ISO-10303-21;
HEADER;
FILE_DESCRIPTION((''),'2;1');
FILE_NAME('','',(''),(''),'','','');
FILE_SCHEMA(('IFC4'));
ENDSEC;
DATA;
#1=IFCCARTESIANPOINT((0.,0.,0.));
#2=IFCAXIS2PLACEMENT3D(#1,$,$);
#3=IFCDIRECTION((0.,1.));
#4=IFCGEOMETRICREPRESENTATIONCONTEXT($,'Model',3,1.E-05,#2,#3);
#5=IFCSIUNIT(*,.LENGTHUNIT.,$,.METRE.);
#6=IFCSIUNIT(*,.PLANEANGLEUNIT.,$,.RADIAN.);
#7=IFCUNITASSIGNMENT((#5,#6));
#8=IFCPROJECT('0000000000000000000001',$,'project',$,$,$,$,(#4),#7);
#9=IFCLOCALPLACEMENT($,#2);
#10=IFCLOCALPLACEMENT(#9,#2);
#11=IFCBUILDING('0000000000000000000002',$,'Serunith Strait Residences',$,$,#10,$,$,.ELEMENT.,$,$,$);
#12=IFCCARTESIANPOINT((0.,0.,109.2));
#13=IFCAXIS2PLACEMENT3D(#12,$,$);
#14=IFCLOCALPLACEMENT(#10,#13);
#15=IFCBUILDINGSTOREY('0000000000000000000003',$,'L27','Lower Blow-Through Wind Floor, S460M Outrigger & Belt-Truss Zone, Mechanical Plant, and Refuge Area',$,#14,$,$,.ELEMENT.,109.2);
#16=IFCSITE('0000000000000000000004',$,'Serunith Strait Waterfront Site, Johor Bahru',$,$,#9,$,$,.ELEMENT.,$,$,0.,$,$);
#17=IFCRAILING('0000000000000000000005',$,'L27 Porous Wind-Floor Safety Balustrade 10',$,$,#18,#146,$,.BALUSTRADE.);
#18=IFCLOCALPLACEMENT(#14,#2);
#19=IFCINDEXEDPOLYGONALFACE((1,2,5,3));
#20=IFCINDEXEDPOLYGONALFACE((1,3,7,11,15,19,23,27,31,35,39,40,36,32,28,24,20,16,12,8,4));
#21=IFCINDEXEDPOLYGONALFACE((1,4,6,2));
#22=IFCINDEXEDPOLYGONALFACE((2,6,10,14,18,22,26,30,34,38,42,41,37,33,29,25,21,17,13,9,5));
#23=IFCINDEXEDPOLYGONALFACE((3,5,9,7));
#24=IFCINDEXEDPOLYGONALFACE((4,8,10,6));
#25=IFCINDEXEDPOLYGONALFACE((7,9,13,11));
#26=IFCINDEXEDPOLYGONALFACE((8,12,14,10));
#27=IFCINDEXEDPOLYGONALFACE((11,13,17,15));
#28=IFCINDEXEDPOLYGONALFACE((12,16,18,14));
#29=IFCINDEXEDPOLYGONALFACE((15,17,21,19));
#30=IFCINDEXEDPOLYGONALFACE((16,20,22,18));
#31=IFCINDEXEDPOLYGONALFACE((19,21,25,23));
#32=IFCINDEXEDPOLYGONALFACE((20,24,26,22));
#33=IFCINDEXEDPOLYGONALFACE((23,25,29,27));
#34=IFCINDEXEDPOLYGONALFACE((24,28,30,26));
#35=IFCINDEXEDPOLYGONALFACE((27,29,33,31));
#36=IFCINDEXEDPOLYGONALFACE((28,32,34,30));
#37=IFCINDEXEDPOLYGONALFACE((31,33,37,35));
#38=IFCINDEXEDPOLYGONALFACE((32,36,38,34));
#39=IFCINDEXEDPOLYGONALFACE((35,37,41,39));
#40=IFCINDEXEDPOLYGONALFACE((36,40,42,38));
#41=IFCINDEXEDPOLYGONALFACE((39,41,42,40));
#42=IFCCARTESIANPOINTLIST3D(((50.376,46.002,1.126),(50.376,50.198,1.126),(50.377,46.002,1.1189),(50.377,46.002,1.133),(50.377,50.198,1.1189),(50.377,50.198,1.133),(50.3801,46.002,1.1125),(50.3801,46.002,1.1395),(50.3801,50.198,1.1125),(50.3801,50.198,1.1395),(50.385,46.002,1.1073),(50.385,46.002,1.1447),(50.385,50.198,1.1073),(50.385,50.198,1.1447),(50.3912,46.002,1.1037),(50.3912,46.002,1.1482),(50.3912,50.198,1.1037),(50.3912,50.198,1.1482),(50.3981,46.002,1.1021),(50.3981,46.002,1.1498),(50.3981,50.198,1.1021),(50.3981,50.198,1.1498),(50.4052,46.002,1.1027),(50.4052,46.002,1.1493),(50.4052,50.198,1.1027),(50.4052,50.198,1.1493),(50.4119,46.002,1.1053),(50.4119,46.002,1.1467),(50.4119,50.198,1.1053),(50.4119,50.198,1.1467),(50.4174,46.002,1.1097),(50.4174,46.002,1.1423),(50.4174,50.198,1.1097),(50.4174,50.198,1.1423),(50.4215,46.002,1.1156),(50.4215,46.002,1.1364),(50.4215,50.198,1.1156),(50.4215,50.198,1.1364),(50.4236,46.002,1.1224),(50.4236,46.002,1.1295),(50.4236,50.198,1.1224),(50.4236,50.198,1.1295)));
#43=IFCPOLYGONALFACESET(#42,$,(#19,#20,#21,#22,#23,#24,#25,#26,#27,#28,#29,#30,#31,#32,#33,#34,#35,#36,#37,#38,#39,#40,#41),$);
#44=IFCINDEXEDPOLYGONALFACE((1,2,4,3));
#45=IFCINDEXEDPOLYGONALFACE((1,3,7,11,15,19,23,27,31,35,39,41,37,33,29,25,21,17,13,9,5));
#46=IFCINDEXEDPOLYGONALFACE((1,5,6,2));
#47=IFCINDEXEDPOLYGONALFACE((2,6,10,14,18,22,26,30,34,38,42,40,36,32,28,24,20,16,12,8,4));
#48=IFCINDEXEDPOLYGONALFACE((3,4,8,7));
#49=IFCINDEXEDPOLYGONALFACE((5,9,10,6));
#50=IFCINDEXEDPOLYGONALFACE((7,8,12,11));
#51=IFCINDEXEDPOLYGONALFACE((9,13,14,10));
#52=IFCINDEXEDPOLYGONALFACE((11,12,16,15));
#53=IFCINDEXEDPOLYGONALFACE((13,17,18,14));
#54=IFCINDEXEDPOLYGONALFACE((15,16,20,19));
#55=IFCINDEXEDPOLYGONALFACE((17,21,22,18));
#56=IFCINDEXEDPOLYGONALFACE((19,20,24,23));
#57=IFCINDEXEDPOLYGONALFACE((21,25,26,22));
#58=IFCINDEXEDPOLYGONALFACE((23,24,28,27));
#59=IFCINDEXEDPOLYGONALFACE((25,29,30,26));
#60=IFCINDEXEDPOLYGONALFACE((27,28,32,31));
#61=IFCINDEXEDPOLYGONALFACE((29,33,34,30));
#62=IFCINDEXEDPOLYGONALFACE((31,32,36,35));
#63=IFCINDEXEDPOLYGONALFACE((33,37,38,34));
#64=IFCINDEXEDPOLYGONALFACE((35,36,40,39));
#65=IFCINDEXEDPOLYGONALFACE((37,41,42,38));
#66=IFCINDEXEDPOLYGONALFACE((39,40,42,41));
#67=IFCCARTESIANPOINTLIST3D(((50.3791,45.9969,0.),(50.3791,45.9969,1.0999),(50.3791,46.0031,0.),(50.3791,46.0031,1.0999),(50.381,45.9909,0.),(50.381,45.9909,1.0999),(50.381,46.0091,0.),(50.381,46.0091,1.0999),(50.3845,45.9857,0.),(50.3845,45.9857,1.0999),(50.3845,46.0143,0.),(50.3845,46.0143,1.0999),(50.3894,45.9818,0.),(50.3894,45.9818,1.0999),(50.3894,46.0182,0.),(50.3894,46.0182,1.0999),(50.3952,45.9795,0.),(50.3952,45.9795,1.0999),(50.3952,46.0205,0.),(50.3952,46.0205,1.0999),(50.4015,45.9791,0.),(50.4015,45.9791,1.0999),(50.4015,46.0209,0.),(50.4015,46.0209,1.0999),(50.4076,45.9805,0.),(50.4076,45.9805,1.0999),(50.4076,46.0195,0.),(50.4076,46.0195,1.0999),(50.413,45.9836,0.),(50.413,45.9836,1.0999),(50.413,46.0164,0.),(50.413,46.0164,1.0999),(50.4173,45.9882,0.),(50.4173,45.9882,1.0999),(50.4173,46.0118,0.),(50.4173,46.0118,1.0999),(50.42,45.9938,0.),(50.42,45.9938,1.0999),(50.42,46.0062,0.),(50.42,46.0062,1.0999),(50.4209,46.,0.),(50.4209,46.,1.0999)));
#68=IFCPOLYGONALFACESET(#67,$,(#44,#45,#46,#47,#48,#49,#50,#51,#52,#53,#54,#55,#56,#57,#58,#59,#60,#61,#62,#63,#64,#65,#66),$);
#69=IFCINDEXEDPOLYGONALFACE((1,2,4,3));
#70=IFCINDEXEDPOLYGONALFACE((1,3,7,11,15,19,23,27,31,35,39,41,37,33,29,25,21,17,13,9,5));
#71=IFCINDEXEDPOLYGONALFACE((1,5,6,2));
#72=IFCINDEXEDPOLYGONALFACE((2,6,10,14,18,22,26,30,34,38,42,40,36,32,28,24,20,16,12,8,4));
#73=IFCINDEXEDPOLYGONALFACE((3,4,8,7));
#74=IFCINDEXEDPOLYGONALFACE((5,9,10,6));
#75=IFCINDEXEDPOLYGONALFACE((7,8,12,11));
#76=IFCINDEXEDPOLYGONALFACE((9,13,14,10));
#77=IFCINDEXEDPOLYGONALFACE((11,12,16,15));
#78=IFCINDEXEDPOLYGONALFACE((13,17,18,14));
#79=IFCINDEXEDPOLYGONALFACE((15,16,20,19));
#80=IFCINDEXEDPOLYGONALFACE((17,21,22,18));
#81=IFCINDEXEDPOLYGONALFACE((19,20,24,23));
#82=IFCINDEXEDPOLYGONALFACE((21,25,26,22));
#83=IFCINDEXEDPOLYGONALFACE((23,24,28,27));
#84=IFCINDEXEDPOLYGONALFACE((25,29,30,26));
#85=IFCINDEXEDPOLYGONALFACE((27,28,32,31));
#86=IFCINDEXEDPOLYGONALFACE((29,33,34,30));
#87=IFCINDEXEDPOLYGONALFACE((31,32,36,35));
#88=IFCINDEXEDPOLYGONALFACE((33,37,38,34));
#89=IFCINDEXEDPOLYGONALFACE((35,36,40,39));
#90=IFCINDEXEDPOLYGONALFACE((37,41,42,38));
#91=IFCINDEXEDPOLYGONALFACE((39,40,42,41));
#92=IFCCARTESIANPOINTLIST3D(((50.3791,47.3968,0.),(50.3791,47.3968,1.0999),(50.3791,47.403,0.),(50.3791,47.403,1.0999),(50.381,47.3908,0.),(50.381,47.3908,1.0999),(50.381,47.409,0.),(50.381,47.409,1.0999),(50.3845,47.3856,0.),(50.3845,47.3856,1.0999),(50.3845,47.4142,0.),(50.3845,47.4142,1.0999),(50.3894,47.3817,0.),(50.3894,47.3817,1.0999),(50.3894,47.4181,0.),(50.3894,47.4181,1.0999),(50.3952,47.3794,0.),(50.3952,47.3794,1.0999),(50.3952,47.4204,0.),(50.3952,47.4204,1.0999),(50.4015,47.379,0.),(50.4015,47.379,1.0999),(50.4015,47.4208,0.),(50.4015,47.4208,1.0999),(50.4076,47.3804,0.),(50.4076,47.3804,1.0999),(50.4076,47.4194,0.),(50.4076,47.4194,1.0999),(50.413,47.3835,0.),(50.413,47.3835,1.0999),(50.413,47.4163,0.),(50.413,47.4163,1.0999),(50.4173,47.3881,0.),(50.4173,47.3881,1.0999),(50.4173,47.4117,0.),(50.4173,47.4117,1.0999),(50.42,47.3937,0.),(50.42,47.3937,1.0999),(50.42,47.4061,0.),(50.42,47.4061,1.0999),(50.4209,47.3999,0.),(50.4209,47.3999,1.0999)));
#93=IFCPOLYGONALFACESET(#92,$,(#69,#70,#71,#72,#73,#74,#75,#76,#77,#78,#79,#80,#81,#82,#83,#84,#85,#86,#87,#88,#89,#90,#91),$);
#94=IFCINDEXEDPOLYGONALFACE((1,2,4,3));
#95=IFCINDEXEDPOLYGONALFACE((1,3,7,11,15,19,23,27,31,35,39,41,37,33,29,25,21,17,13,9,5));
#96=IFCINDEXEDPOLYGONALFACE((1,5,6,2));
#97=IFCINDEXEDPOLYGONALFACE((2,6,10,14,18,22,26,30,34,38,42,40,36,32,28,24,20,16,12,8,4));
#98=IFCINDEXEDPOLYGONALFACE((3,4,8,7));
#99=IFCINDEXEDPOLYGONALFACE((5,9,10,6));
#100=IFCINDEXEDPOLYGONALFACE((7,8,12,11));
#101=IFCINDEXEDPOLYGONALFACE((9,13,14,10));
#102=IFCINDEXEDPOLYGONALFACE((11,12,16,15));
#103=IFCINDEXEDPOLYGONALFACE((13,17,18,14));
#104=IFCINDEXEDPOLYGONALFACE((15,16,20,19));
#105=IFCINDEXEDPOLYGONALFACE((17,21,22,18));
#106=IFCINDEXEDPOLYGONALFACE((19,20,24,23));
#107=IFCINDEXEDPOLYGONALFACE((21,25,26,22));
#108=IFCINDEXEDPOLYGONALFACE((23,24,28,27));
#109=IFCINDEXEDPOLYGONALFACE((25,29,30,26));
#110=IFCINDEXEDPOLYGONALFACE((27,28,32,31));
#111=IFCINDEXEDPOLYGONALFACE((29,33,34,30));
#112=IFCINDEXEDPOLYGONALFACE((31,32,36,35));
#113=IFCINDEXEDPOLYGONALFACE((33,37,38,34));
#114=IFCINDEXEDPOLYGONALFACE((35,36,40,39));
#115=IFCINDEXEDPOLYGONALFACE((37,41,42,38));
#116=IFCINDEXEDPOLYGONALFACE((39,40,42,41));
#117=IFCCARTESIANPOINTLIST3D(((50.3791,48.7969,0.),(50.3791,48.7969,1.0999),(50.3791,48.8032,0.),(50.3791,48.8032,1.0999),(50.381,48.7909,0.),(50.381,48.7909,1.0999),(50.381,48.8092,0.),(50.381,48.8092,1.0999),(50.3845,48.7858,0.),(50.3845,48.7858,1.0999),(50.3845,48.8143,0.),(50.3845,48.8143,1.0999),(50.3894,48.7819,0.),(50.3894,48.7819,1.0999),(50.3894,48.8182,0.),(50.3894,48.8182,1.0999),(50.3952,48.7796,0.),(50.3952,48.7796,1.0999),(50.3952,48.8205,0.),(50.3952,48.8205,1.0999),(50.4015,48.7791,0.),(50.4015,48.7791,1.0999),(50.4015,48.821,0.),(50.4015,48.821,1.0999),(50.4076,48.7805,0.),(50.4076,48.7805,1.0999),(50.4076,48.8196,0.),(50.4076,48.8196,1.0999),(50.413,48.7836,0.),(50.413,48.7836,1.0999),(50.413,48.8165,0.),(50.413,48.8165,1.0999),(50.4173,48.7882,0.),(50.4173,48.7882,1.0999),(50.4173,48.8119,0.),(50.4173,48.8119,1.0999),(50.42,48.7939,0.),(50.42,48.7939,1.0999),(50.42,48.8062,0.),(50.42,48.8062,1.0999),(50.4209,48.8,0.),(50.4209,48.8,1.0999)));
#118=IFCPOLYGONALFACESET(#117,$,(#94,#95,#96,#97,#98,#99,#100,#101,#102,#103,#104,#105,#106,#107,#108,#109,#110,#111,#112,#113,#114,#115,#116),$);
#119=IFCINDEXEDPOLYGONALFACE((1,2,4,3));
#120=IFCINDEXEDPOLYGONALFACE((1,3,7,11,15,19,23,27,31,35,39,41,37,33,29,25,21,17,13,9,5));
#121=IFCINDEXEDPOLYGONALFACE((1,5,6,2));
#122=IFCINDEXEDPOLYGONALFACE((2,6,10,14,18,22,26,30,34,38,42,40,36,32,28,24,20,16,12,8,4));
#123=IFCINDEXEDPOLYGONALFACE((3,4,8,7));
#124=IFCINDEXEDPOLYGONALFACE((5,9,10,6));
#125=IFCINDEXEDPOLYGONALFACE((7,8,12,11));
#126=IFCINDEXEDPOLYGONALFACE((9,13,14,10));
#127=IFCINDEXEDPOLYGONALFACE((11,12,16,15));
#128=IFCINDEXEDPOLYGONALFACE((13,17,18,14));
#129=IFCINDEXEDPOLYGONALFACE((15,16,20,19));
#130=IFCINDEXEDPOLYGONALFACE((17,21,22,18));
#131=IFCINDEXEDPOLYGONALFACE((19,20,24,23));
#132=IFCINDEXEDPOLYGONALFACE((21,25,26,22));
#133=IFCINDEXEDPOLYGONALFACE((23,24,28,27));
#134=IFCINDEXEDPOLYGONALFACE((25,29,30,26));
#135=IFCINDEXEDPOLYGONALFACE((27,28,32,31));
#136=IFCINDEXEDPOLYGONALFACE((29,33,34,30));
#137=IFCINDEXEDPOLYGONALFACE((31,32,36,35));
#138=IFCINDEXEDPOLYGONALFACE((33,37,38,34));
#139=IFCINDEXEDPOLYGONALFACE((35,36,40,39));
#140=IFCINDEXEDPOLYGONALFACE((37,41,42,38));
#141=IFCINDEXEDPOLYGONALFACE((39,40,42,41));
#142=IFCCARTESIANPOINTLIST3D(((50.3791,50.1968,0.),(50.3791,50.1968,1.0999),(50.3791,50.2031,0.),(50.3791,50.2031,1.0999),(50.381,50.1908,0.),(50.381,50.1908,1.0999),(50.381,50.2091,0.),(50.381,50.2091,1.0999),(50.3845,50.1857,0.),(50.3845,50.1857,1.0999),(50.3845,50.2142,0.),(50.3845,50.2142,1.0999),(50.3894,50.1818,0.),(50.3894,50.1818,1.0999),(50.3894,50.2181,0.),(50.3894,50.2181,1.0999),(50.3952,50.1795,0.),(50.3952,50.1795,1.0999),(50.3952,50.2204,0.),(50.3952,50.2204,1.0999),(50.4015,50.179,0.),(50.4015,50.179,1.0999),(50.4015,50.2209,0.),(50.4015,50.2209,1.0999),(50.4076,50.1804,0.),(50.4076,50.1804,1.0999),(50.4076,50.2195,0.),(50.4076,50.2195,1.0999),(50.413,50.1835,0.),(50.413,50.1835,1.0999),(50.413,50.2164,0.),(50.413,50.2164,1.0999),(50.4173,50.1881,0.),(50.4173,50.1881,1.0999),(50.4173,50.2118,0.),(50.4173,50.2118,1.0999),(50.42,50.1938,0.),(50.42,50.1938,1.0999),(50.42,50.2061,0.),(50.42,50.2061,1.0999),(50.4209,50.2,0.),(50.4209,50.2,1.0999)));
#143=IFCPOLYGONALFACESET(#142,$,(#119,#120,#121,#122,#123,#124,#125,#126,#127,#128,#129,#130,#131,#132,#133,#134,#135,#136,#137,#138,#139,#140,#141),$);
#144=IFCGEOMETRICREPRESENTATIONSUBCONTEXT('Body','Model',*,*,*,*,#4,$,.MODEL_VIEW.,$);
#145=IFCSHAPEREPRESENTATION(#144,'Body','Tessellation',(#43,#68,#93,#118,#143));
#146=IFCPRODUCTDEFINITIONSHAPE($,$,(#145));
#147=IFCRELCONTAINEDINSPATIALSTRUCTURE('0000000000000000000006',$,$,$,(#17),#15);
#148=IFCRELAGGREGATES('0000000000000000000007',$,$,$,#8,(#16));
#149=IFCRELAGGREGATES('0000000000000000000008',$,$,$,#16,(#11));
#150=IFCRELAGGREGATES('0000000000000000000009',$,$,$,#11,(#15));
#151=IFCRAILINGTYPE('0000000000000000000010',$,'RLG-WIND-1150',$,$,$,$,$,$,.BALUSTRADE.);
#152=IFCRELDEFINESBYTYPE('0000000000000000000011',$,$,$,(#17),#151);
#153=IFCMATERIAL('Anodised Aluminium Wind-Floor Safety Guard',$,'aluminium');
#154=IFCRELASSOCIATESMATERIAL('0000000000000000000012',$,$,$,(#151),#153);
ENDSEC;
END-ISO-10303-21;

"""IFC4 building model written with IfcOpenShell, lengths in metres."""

from ifc_helpers import new_model, si_unit, direction, frame, origin, origin_2d, place, context, subcontext, project, spatial, circle, extrude, material, type_object, element, save


model = new_model("IFC4")

# Units and contexts
model_context = context("Model", 3, precision=1e-05, world=origin(), true_north=direction((0.0, 1.0)))
body_context = subcontext(model_context, "Body", "Model", "MODEL_VIEW")
ifc_project = project(units=[si_unit("LENGTHUNIT", "METRE"), si_unit("PLANEANGLEUNIT", "RADIAN")], contexts=[model_context])

# Site, building, storey
site_placement = place(None, origin())
site = spatial("IfcSite", under=ifc_project, at=site_placement, Name="Serunith Strait Waterfront Site, Johor Bahru", CompositionType="ELEMENT", RefElevation=0.0)
building_placement = place(site_placement, origin())
building = spatial("IfcBuilding", under=site, at=building_placement, Name="Serunith Strait Residences", CompositionType="ELEMENT")
storey_placement = place(building_placement, frame((0.0, 0.0, 109.2)))
storey = spatial("IfcBuildingStorey", under=building, at=storey_placement, Name="L27", Description="Lower Blow-Through Wind Floor, S460M Outrigger & Belt-Truss Zone, Mechanical Plant, and Refuge Area", CompositionType="ELEMENT", Elevation=109.2)

# Railing
ifc_material_1 = material(Name="Anodised Aluminium Wind-Floor Safety Guard", Category="aluminium")
railing_type = type_object("IfcRailingType", Name="RLG-WIND-1150", PredefinedType="BALUSTRADE", material=ifc_material_1)
railing_1_placement = place(storey_placement, frame((50.3999, 46.0, 0.0)))
element("IfcRailing", 1, at=railing_1_placement, inside=storey, type_object=railing_type, Name="L27 Porous Wind-Floor Safety Balustrade 10", PredefinedType="BALUSTRADE", context=body_context, shape_type="SweptSolid", body=[
    extrude(circle(Radius=0.0239, at=origin_2d()), frame((0.0, 0.002, 1.126), z_axis=(0.0, 1.0, 0.0), x_axis=(-1.0, 0.0, 0.0)), (0.0, 0.0, 1.0), 4.196),
    extrude(circle(Radius=0.021, at=origin_2d()), origin(), (0.0, 0.0, 1.0), 1.0999),
    extrude(circle(Radius=0.021, at=origin_2d()), frame((0.0, 1.3999, 0.0)), (0.0, 0.0, 1.0), 1.0999),
    extrude(circle(Radius=0.021, at=origin_2d()), frame((0.0, 2.8, 0.0)), (0.0, 0.0, 1.0), 1.0999),
    extrude(circle(Radius=0.021, at=origin_2d()), frame((0.0, 4.2, 0.0)), (0.0, 0.0, 1.0), 1.0999),
])

save(model, "model.ifc")
